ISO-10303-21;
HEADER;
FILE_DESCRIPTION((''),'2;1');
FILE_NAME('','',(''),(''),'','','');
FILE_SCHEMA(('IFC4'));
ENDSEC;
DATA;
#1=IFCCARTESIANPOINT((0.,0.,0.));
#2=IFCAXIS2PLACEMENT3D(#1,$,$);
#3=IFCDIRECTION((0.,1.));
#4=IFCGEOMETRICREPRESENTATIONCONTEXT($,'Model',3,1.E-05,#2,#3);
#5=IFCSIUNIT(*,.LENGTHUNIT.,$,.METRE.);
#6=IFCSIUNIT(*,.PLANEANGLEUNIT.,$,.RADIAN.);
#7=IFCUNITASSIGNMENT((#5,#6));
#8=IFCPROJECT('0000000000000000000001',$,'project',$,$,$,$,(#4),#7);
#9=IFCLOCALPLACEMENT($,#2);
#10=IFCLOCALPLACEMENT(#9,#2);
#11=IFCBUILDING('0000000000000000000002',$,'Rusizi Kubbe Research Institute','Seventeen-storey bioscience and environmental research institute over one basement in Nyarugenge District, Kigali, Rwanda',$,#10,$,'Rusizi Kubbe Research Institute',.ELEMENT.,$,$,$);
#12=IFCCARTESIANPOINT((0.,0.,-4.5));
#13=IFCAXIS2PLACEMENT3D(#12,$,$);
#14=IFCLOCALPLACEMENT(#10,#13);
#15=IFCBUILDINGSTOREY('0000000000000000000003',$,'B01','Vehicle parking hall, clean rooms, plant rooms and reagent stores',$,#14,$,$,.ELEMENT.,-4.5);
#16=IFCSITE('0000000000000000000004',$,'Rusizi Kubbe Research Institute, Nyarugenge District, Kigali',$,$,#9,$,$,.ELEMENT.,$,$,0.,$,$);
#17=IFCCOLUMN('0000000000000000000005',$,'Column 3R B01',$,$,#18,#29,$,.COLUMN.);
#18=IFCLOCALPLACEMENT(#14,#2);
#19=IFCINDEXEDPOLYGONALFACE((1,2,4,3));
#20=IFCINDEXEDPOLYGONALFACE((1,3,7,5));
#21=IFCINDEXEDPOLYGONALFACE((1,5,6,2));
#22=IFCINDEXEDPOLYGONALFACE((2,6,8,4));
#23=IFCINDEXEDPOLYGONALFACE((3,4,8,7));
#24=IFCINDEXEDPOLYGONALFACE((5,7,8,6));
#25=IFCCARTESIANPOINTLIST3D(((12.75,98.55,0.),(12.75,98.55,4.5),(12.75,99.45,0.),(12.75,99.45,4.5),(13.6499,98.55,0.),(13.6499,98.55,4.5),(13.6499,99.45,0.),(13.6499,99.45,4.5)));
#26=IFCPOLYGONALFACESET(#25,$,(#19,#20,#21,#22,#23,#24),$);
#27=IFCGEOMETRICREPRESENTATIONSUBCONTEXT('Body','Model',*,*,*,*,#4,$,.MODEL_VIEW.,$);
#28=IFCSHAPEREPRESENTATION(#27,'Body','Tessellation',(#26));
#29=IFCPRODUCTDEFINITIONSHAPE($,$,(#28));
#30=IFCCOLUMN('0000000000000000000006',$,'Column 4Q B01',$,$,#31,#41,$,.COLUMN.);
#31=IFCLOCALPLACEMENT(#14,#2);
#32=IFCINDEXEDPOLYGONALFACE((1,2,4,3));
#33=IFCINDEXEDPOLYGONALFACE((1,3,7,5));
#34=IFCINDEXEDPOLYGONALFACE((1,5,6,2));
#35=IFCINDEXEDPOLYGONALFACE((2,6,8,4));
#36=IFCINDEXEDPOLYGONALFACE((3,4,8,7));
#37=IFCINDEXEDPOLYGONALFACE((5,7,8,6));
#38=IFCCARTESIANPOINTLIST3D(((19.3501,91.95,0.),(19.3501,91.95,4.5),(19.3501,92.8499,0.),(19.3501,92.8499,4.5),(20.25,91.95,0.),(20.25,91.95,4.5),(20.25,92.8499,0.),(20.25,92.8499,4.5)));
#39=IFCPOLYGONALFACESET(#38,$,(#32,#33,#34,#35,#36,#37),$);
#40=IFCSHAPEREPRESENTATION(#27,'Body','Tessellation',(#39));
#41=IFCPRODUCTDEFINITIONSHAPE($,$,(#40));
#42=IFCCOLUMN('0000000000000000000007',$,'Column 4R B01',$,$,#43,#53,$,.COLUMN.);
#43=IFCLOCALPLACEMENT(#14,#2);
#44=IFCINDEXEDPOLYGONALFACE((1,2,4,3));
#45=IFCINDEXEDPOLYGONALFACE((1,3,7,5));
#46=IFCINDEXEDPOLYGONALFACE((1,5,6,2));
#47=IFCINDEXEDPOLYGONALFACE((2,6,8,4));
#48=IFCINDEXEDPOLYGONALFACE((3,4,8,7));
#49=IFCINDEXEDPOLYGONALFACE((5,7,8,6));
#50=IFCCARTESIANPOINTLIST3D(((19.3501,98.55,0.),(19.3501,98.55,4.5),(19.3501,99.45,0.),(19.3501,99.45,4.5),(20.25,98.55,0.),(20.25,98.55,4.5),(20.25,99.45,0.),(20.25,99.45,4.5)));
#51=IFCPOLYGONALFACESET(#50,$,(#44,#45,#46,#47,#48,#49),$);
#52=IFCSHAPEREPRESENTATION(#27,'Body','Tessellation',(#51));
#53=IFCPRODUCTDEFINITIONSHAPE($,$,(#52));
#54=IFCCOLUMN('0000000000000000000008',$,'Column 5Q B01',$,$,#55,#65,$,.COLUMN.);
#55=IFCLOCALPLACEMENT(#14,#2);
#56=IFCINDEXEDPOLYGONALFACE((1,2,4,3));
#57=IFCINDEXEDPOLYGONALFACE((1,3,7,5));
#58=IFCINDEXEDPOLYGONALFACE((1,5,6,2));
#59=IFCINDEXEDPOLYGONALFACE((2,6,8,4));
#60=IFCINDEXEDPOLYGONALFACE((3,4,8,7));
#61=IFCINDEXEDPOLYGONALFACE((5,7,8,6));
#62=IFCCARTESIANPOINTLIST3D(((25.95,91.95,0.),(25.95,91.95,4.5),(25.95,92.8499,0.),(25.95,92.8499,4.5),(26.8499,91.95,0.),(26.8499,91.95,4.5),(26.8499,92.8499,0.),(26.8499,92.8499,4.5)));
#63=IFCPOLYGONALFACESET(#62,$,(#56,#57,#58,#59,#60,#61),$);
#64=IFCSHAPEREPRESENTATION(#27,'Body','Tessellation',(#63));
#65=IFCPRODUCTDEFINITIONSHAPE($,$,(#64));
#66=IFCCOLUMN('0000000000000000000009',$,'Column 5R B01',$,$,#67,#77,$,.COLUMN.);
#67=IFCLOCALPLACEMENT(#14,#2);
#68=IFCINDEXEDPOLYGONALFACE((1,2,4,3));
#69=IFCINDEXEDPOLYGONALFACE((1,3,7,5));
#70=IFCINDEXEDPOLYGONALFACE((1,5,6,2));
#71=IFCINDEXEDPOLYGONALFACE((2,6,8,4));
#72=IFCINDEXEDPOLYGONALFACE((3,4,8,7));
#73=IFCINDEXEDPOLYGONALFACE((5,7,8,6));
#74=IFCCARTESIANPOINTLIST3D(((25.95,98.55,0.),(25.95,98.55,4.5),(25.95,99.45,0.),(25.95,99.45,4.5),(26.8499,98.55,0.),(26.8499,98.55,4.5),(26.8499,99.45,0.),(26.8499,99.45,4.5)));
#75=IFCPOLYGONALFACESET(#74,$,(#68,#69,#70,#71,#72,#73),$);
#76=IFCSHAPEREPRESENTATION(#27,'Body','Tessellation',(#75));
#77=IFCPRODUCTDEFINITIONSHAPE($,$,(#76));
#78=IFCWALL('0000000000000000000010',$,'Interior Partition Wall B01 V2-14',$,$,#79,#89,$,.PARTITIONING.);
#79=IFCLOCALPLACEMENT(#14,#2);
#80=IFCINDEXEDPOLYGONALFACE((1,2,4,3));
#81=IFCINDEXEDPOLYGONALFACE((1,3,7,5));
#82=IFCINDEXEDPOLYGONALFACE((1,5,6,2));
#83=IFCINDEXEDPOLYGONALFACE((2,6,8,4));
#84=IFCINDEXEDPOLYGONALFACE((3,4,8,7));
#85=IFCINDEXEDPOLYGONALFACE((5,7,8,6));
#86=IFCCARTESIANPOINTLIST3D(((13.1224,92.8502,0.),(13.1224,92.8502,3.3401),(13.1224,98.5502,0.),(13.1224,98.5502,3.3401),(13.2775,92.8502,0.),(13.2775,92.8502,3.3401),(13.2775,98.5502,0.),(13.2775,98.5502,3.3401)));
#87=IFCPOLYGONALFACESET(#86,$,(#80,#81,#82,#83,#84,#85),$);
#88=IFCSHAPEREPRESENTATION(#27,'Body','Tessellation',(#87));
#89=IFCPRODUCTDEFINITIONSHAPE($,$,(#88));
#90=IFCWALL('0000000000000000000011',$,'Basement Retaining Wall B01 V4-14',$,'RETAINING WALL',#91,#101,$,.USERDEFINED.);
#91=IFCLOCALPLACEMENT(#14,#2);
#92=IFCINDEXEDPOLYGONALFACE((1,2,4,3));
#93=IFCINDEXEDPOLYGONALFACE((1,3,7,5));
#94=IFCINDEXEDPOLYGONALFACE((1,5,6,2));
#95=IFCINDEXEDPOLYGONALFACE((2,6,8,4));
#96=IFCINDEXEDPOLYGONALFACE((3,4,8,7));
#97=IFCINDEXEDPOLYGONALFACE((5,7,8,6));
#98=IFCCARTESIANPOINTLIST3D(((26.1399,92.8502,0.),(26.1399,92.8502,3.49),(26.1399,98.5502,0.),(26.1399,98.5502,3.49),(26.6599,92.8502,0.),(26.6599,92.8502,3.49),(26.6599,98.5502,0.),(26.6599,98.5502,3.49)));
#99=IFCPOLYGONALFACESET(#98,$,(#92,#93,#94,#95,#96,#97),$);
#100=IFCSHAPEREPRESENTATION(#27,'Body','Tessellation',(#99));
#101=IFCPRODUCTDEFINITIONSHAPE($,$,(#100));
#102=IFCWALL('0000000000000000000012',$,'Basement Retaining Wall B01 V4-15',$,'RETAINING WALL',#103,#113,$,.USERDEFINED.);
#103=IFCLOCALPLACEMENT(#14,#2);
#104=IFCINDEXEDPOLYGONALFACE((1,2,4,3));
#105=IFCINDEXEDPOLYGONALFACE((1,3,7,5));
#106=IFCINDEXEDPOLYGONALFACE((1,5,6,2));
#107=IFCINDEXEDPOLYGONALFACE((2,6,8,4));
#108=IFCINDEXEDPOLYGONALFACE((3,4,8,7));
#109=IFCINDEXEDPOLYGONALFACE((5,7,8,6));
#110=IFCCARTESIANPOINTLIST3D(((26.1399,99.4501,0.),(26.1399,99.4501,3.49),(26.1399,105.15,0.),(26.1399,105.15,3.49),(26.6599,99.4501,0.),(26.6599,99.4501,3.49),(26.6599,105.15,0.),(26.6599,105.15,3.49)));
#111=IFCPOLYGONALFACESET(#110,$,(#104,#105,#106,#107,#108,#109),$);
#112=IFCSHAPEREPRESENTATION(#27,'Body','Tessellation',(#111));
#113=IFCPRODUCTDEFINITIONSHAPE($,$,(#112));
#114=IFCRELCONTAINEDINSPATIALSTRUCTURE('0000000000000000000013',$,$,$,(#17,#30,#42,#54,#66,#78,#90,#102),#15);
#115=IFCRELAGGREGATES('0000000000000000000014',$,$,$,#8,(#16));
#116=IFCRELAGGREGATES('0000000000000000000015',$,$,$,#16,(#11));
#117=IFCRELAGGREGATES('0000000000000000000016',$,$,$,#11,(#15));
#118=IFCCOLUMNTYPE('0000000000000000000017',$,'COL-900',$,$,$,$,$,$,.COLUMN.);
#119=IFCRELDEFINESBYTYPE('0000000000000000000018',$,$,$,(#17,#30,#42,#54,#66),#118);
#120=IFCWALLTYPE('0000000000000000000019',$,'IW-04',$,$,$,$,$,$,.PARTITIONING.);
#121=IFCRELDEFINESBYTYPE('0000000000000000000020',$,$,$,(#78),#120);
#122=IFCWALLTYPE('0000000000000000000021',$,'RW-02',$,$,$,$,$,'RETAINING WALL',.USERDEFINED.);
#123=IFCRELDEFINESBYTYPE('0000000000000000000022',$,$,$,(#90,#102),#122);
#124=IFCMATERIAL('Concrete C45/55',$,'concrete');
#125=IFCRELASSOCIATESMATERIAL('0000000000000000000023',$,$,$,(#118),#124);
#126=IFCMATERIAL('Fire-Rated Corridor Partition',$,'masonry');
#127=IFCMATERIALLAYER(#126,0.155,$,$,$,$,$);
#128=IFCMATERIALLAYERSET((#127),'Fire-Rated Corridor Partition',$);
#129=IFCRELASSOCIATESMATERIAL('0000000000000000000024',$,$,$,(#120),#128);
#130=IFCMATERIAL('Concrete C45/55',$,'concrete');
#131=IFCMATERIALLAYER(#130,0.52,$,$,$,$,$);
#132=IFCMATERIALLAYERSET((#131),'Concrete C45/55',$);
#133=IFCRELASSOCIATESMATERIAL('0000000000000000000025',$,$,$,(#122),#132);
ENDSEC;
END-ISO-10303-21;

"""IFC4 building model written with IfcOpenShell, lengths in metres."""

from ifc_helpers import new_model, si_unit, direction, frame, frame_2d, origin, origin_2d, place, context, subcontext, project, spatial, rectangle, extrude, material, layer, layer_set, material_profile, profile_set, type_object, element, save


model = new_model("IFC4")

# Units and contexts
model_context = context("Model", 3, precision=1e-05, world=origin(), true_north=direction((0.0, 1.0)))
body_context = subcontext(model_context, "Body", "Model", "MODEL_VIEW")
ifc_project = project(units=[si_unit("LENGTHUNIT", "METRE"), si_unit("PLANEANGLEUNIT", "RADIAN")], contexts=[model_context])

# Site, building, storey
site_placement = place(None, origin())
site = spatial("IfcSite", under=ifc_project, at=site_placement, Name="Rusizi Kubbe Research Institute, Nyarugenge District, Kigali", CompositionType="ELEMENT", RefElevation=0.0)
building_placement = place(site_placement, origin())
building = spatial("IfcBuilding", under=site, at=building_placement, Name="Rusizi Kubbe Research Institute", Description="Seventeen-storey bioscience and environmental research institute over one basement in Nyarugenge District, Kigali, Rwanda", LongName="Rusizi Kubbe Research Institute", CompositionType="ELEMENT")
storey_placement = place(building_placement, frame((0.0, 0.0, -4.5)))
storey = spatial("IfcBuildingStorey", under=building, at=storey_placement, Name="B01", Description="Vehicle parking hall, clean rooms, plant rooms and reagent stores", CompositionType="ELEMENT", Elevation=-4.5)

# Columns
ifc_material_1 = material(Name="Concrete C45/55", Category="concrete")
ifc_material_profile_1 = material_profile(ifc_material_1, rectangle(XDim=0.8999, YDim=0.8999, at=origin_2d()), Name="RC900x900")
ifc_profile_set_1 = profile_set([ifc_material_profile_1], Name="Concrete C45/55")
column_type = type_object("IfcColumnType", Name="COL-900", PredefinedType="COLUMN", material=ifc_profile_set_1)
for number, where, z_axis, x_axis, name in (
    (1, (13.2, 99.0, 0.0), (0.0, 0.0, 1.0), (1.0, 0.0, 0.0), "Column 3R B01"),
    (2, (19.8, 92.3999, 0.0), (0.0, 0.0, 1.0), (1.0, 0.0, 0.0), "Column 4Q B01"),
    (3, (19.8, 99.0, 0.0), (0.0, 0.0, 1.0), (1.0, 0.0, 0.0), "Column 4R B01"),
    (4, (26.3999, 92.3999, 0.0), (0.0, 0.0, 1.0), (1.0, 0.0, 0.0), "Column 5Q B01"),
    (5, (26.3999, 99.0, 0.0), (0.0, 0.0, 1.0), (1.0, 0.0, 0.0), "Column 5R B01"),
):
    element("IfcColumn", number, at=place(storey_placement, frame(where, z_axis=z_axis, x_axis=x_axis)), inside=storey, type_object=column_type, Name=name, PredefinedType="COLUMN", context=body_context, shape_type="SweptSolid", body=[
        extrude(rectangle(XDim=0.8999, YDim=0.8999, at=origin_2d()), origin(), (0.0, 0.0, 1.0), 4.5),
    ])

# Walls
ifc_material_2 = material(Name="Fire-Rated Corridor Partition", Category="masonry")
ifc_layer_1 = layer(ifc_material_2, 0.155)
ifc_layer_set_1 = layer_set([ifc_layer_1], Name="Fire-Rated Corridor Partition")
wall_type_1 = type_object("IfcWallType", Name="IW-04", PredefinedType="PARTITIONING", material=ifc_layer_set_1)
wall_placement = place(storey_placement, frame((13.2, 92.8501, 0.0), z_axis=(0.0, 0.0, 1.0), x_axis=(0.0, 1.0, 0.0)))
element("IfcWall", 6, at=wall_placement, inside=storey, type_object=wall_type_1, Name="Interior Partition Wall B01 V2-14", PredefinedType="PARTITIONING", context=body_context, shape_type="SweptSolid", body=[
    extrude(rectangle(XDim=5.7, YDim=0.155, at=frame_2d((2.8501, 0.0))), origin(), (0.0, 0.0, 1.0), 3.3401),
])
ifc_material_3 = material(Name="Concrete C45/55", Category="concrete")
ifc_layer_2 = layer(ifc_material_3, 0.52)
ifc_layer_set_2 = layer_set([ifc_layer_2], Name="Concrete C45/55")
wall_type_2 = type_object("IfcWallType", Name="RW-02", ElementType="RETAINING WALL", PredefinedType="USERDEFINED", material=ifc_layer_set_2)
for number, where, z_axis, x_axis, name in (
    (7, (26.3999, 92.8501, 0.0), (0.0, 0.0, 1.0), (0.0, 1.0, 0.0), "Basement Retaining Wall B01 V4-14"),
    (8, (26.3999, 99.45, 0.0), (0.0, 0.0, 1.0), (0.0, 1.0, 0.0), "Basement Retaining Wall B01 V4-15"),
):
    element("IfcWall", number, at=place(storey_placement, frame(where, z_axis=z_axis, x_axis=x_axis)), inside=storey, type_object=wall_type_2, Name=name, ObjectType="RETAINING WALL", PredefinedType="USERDEFINED", context=body_context, shape_type="SweptSolid", body=[
        extrude(rectangle(XDim=5.7, YDim=0.52, at=frame_2d((2.8501, 0.0))), origin(), (0.0, 0.0, 1.0), 3.49),
    ])

save(model, "model.ifc")
